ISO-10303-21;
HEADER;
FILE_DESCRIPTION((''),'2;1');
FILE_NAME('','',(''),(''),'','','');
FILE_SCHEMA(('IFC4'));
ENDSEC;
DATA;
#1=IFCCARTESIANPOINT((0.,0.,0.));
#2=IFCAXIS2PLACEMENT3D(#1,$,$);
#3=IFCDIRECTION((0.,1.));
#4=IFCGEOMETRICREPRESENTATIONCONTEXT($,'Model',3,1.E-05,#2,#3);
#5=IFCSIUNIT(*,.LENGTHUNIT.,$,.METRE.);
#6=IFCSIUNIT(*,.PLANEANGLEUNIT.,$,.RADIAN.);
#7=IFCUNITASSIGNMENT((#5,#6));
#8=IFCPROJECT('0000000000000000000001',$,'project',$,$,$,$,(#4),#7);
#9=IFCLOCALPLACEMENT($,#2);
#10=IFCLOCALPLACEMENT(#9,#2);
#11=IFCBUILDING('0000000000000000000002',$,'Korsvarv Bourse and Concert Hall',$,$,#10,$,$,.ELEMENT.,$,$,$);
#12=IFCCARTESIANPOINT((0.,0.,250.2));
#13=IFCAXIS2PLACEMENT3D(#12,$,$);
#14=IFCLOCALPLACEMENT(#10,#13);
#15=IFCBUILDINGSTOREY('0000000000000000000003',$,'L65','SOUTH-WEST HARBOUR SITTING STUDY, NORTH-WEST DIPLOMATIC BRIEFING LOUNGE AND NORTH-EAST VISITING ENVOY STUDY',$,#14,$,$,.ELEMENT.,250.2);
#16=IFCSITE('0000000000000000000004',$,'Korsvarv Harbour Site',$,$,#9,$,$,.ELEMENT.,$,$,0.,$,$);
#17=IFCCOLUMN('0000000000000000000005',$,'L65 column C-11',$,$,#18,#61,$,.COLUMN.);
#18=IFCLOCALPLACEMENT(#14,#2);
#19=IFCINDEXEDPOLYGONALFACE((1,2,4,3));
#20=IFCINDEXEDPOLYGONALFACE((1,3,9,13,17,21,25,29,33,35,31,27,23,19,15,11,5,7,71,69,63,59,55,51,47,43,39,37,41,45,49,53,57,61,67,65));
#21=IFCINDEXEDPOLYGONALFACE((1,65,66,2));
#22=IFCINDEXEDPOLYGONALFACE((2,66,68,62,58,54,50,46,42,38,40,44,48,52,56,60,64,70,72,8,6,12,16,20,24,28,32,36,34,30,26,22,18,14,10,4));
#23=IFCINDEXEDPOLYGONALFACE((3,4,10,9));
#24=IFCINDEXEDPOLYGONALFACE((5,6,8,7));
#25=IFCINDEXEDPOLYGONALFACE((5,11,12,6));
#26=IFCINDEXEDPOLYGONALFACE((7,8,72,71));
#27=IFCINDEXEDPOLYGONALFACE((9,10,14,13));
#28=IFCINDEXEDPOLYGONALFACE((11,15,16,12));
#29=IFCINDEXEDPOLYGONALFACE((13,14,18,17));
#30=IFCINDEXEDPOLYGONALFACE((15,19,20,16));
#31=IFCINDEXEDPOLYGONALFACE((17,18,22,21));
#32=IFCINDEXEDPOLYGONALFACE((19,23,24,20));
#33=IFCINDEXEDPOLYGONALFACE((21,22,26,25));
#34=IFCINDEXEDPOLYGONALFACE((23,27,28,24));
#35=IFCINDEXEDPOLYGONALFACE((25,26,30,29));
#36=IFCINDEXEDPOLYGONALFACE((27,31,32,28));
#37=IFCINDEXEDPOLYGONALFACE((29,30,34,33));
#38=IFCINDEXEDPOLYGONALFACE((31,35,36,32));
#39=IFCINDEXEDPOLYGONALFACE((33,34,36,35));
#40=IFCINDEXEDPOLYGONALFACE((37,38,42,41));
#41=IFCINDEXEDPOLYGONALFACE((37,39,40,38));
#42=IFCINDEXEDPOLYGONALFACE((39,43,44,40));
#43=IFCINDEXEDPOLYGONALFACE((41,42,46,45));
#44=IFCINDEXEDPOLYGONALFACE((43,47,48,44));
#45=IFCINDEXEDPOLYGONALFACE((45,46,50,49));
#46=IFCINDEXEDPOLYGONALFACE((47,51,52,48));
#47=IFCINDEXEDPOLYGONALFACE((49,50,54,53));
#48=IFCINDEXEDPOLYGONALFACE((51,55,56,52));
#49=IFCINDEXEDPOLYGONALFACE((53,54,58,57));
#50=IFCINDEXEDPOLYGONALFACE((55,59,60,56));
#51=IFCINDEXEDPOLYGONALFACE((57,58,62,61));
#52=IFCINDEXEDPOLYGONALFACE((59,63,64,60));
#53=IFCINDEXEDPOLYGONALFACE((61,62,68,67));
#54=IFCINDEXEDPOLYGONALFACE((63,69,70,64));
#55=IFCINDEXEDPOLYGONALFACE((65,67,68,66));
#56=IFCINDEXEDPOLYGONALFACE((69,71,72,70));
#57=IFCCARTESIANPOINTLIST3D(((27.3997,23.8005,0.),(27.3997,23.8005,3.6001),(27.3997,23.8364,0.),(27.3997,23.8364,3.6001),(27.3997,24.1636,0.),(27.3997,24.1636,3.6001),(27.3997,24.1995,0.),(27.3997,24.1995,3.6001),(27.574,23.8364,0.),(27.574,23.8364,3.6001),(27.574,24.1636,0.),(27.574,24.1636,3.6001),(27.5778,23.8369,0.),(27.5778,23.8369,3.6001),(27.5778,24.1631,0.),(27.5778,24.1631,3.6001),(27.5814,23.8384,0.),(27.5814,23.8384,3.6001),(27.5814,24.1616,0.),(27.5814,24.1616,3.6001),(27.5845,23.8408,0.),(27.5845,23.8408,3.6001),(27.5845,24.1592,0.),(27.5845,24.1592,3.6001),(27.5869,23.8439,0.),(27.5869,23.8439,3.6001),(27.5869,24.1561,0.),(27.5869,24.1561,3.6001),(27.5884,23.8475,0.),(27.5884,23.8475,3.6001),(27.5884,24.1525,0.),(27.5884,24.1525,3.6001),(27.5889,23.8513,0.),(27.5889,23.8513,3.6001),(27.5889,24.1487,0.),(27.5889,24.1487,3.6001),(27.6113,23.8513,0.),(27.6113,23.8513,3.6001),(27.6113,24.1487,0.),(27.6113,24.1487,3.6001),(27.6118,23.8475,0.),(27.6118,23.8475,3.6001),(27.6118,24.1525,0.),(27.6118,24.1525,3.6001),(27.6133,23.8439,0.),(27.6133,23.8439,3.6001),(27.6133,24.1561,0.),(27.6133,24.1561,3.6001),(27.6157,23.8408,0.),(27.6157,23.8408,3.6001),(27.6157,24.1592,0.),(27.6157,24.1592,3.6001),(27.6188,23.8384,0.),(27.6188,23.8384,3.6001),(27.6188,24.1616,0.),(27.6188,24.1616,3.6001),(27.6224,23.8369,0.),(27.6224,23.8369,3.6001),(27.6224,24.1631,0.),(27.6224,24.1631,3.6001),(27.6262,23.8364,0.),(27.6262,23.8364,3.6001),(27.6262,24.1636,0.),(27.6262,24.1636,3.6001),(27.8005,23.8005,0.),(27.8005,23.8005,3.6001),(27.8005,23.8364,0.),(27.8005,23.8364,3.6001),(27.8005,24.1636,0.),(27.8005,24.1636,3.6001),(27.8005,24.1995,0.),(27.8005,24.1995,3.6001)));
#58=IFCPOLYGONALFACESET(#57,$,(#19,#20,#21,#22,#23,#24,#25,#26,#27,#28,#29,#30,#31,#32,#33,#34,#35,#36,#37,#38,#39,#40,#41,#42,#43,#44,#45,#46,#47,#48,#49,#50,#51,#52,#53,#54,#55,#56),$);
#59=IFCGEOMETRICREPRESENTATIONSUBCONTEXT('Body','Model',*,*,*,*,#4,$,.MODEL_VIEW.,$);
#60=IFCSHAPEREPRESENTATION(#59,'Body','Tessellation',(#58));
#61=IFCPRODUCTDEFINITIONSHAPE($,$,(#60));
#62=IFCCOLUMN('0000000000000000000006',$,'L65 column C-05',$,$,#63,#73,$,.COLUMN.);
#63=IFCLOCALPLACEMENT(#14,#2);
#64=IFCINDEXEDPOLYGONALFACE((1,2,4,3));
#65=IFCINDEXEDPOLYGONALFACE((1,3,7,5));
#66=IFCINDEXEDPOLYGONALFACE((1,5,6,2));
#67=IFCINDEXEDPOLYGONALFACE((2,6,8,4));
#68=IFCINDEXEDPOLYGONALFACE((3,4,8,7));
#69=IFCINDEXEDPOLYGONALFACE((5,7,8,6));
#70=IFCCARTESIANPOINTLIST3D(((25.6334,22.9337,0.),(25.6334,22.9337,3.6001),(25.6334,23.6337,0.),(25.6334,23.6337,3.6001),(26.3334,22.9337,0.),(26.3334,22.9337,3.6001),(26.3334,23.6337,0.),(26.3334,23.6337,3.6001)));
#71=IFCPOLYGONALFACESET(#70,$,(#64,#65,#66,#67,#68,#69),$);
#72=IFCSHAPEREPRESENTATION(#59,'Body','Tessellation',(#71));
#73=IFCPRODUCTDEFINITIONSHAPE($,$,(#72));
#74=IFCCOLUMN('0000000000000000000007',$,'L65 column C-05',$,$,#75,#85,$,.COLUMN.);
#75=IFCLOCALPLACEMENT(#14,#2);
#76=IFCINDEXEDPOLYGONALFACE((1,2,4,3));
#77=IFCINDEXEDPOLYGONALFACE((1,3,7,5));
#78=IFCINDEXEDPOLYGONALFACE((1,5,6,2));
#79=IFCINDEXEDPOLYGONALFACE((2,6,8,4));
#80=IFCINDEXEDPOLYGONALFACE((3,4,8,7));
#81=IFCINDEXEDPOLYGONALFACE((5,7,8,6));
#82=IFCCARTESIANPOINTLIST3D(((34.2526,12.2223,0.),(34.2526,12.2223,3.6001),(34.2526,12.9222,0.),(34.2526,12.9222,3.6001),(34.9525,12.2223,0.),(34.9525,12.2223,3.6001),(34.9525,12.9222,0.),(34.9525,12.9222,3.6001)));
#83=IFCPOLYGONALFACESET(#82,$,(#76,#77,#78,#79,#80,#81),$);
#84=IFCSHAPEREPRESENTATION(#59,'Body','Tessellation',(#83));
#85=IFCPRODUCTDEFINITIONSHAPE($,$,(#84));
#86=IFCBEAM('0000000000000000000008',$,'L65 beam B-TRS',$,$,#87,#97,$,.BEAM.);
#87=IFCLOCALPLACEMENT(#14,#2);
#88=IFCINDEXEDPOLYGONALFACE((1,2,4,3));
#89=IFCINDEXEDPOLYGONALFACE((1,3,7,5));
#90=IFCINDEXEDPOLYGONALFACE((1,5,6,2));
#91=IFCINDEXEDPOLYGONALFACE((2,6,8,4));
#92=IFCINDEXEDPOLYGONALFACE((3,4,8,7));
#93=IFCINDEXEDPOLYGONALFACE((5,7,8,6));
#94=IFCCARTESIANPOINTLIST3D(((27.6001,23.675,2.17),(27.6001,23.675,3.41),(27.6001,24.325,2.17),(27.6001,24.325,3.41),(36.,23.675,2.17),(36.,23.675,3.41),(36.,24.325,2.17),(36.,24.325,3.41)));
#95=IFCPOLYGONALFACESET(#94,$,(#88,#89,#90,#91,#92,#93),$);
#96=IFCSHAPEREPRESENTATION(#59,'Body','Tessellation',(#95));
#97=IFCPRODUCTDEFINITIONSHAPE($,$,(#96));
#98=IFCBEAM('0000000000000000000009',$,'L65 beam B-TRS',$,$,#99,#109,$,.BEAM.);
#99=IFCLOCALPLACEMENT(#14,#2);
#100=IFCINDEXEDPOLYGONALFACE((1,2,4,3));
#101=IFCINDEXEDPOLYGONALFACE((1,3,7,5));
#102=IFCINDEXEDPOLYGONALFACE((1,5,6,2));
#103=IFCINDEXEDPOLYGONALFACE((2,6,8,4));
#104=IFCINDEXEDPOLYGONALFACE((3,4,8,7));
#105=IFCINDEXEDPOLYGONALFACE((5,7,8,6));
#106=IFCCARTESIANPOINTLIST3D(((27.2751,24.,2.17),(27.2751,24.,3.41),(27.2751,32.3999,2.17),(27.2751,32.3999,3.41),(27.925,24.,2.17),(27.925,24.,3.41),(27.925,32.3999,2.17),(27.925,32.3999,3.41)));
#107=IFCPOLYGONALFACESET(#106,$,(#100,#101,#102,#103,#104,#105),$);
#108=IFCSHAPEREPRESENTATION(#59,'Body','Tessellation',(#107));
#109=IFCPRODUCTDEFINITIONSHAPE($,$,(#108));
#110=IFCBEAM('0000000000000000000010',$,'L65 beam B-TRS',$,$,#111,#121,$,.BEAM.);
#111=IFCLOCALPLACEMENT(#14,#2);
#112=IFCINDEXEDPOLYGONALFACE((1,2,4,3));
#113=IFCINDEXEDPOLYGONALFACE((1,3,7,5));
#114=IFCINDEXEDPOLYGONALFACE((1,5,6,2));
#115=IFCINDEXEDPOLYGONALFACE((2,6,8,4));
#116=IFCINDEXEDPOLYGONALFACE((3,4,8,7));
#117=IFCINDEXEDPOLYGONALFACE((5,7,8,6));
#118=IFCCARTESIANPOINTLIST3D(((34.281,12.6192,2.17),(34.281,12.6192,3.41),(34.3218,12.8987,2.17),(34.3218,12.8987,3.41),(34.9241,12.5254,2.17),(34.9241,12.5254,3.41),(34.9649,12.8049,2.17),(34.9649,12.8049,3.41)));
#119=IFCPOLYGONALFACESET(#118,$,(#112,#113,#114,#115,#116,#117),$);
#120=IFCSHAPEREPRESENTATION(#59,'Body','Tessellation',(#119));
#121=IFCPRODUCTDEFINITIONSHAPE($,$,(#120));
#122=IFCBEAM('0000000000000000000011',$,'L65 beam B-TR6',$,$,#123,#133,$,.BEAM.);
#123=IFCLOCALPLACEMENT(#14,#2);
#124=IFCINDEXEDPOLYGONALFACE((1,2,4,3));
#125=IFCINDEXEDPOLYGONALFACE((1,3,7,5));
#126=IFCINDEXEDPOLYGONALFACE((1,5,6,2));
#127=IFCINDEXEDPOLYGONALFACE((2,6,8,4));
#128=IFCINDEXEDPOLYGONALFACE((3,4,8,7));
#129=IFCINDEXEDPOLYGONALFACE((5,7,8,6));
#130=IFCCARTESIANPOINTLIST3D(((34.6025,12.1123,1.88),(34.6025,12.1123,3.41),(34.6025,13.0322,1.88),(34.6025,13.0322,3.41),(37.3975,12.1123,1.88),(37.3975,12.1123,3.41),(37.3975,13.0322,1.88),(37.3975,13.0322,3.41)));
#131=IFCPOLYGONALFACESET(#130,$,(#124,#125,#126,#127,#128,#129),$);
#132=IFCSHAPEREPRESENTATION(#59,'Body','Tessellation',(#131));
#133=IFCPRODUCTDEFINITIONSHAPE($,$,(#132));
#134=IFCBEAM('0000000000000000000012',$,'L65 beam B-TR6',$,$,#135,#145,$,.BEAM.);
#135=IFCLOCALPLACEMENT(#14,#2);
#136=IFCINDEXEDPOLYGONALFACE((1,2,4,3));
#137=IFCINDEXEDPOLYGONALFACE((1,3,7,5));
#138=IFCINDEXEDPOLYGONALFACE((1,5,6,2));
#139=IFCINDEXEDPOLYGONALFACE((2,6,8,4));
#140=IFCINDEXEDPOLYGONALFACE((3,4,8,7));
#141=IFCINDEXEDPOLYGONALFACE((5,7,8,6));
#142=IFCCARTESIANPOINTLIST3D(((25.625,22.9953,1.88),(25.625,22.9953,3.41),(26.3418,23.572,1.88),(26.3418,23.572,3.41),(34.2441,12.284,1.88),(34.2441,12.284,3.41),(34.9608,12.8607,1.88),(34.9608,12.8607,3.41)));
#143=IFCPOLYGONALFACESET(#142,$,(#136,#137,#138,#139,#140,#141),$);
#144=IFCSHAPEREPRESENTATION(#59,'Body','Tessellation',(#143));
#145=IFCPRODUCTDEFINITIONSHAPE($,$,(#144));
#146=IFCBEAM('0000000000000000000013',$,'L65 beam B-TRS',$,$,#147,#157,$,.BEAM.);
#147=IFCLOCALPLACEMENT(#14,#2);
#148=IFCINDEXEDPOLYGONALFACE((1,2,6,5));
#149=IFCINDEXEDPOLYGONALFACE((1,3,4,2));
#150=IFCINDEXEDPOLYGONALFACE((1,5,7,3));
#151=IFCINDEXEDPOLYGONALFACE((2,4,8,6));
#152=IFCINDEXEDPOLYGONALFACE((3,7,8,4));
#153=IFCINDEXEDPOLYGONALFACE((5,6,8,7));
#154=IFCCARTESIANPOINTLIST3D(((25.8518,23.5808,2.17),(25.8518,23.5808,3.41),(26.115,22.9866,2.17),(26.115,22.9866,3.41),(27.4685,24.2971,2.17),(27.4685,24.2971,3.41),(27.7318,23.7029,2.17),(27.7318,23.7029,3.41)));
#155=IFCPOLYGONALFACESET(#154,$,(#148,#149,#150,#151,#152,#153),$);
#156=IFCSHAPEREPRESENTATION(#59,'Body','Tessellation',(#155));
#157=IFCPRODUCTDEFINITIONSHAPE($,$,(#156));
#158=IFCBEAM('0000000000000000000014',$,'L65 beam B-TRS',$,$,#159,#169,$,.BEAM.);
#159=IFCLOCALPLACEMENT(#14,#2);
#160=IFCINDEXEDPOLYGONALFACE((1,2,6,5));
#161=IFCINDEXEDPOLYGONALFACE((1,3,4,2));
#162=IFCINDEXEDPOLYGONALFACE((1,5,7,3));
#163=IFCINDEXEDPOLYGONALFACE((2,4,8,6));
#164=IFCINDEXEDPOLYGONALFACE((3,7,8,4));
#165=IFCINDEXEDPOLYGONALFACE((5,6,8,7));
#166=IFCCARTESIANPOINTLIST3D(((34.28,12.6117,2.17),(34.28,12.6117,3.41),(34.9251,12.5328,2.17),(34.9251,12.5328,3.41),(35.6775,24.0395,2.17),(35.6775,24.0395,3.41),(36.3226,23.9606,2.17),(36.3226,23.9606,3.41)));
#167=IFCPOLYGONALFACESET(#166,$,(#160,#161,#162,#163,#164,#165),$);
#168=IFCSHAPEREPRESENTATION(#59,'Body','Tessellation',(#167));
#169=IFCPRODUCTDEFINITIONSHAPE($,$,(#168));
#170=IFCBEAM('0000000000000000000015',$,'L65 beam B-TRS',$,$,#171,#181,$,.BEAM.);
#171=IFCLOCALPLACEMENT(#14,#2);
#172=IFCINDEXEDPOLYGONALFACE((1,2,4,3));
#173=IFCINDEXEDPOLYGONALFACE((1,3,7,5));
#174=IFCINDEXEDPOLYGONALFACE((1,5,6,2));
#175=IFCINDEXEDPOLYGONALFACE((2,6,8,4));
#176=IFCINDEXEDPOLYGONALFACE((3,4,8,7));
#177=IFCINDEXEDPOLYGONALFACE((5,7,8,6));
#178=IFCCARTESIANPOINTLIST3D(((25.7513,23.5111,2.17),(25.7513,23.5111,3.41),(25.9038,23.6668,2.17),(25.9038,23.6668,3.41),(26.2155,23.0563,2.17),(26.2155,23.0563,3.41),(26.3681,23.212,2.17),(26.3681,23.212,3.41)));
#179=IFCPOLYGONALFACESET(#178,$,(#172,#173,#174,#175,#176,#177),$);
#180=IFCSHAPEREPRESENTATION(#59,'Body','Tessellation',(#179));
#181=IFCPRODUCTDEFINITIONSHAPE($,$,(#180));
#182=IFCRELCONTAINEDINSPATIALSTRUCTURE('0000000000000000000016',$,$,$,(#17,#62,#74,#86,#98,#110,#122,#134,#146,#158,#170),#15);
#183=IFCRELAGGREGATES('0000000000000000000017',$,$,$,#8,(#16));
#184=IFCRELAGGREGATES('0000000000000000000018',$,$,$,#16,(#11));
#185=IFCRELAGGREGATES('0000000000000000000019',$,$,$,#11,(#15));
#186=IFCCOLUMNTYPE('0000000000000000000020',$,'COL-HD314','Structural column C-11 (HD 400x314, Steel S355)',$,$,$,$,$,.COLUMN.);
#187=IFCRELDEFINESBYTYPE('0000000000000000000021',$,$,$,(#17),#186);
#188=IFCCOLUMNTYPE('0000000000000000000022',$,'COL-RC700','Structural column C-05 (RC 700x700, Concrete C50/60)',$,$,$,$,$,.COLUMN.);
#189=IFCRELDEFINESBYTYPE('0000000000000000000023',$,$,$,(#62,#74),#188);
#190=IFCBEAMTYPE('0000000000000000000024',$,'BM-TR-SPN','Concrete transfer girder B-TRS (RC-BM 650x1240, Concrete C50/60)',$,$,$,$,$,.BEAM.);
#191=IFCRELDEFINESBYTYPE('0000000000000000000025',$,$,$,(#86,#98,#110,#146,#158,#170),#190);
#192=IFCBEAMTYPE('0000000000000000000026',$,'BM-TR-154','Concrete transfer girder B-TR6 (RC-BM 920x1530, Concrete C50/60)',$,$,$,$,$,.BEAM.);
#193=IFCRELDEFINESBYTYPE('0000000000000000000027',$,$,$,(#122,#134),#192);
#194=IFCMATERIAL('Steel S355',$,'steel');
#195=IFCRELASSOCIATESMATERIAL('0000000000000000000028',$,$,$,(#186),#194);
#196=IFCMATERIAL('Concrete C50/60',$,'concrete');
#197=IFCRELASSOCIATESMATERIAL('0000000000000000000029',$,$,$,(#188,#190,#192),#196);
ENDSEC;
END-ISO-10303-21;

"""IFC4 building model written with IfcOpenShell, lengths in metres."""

from ifc_helpers import new_model, si_unit, direction, frame, origin, origin_2d, place, context, subcontext, project, spatial, rectangle, i_section, extrude, source, transform, mapped, material, material_profile, profile_set, type_object, element, save


model = new_model("IFC4")

# Units and contexts
model_context = context("Model", 3, precision=1e-05, world=origin(), true_north=direction((0.0, 1.0)))
body_context = subcontext(model_context, "Body", "Model", "MODEL_VIEW")
ifc_project = project(units=[si_unit("LENGTHUNIT", "METRE"), si_unit("PLANEANGLEUNIT", "RADIAN")], contexts=[model_context])

# Site, building, storey
site_placement = place(None, origin())
site = spatial("IfcSite", under=ifc_project, at=site_placement, Name="Korsvarv Harbour Site", CompositionType="ELEMENT", RefElevation=0.0)
building_placement = place(site_placement, origin())
building = spatial("IfcBuilding", under=site, at=building_placement, Name="Korsvarv Bourse and Concert Hall", CompositionType="ELEMENT")
storey_placement = place(building_placement, frame((0.0, 0.0, 250.2)))
storey = spatial("IfcBuildingStorey", under=building, at=storey_placement, Name="L65", Description="SOUTH-WEST HARBOUR SITTING STUDY, NORTH-WEST DIPLOMATIC BRIEFING LOUNGE AND NORTH-EAST VISITING ENVOY STUDY", CompositionType="ELEMENT", Elevation=250.2)

# Columns
ifc_material_1 = material(Name="Steel S355", Category="steel")
ifc_material_profile_1 = material_profile(ifc_material_1, i_section(OverallWidth=0.4009, OverallDepth=0.3989, WebThickness=0.0225, FlangeThickness=0.0359, FilletRadius=0.0149, at=origin_2d()), Name="HD 400x314")
ifc_profile_set_1 = profile_set([ifc_material_profile_1], Name="Steel S355")
column_type_1 = type_object("IfcColumnType", Name="COL-HD314", Description="Structural column C-11 (HD 400x314, Steel S355)", PredefinedType="COLUMN", material=ifc_profile_set_1)
shared_shape_1 = source(origin(), body_context, "Body", "SweptSolid", [
    extrude(i_section(OverallWidth=0.4009, OverallDepth=0.3989, WebThickness=0.0225, FlangeThickness=0.0359, FilletRadius=0.0149, at=origin_2d()), origin(), (0.0, 0.0, 1.0), 3.6001),
])
column_placement = place(storey_placement, frame((27.6001, 24.0, 0.0), z_axis=(0.0, 0.0, 1.0), x_axis=(1.0, 0.0, 0.0)))
element("IfcColumn", 1, at=column_placement, inside=storey, type_object=column_type_1, Name="L65 column C-11", PredefinedType="COLUMN", context=body_context, shape_type="MappedRepresentation", body=[
    mapped(shared_shape_1, transform((0.0, 0.0, 0.0), scale=1.0)),
])
ifc_material_2 = material(Name="Concrete C50/60", Category="concrete")
ifc_material_profile_2 = material_profile(ifc_material_2, rectangle(XDim=0.7, YDim=0.7, at=origin_2d()), Name="RC 700x700")
ifc_profile_set_2 = profile_set([ifc_material_profile_2], Name="Concrete C50/60")
column_type_2 = type_object("IfcColumnType", Name="COL-RC700", Description="Structural column C-05 (RC 700x700, Concrete C50/60)", PredefinedType="COLUMN", material=ifc_profile_set_2)
shared_shape_2 = source(origin(), body_context, "Body", "SweptSolid", [
    extrude(rectangle(XDim=0.7, YDim=0.7, at=origin_2d()), origin(), (0.0, 0.0, 1.0), 3.6001),
])
for number, where, z_axis, x_axis, name in (
    (2, (25.9834, 23.2837, 0.0), (0.0, 0.0, 1.0), (1.0, 0.0, 0.0), "L65 column C-05"),
    (3, (34.6025, 12.5723, 0.0), (0.0, 0.0, 1.0), (1.0, 0.0, 0.0), "L65 column C-05"),
):
    element("IfcColumn", number, at=place(storey_placement, frame(where, z_axis=z_axis, x_axis=x_axis)), inside=storey, type_object=column_type_2, Name=name, PredefinedType="COLUMN", context=body_context, shape_type="MappedRepresentation", body=[
        mapped(shared_shape_2, transform((0.0, 0.0, 0.0), scale=1.0)),
    ])

# Beams
ifc_material_profile_3 = material_profile(ifc_material_2, rectangle(XDim=0.6499, YDim=1.24, at=origin_2d()), Name="RC-BM 650x1240")
ifc_profile_set_3 = profile_set([ifc_material_profile_3], Name="Concrete C50/60")
beam_type_1 = type_object("IfcBeamType", Name="BM-TR-SPN", Description="Concrete transfer girder B-TRS (RC-BM 650x1240, Concrete C50/60)", PredefinedType="BEAM", material=ifc_profile_set_3)
shared_shape_3 = source(origin(), body_context, "Body", "SweptSolid", [
    extrude(rectangle(XDim=0.6499, YDim=1.24, at=origin_2d()), origin(), (0.0, 0.0, 1.0), 8.3999),
])
for number, where, z_axis, x_axis, name in (
    (4, (27.6001, 24.0, 2.79), (1.0, 0.0, 0.0), (0.0, 1.0, 0.0), "L65 beam B-TRS"),
    (5, (27.6001, 24.0, 2.79), (0.0, 1.0, 0.0), (-1.0, 0.0, 0.0), "L65 beam B-TRS"),
):
    element("IfcBeam", number, at=place(storey_placement, frame(where, z_axis=z_axis, x_axis=x_axis)), inside=storey, type_object=beam_type_1, Name=name, PredefinedType="BEAM", context=body_context, shape_type="MappedRepresentation", body=[
        mapped(shared_shape_3, transform((0.0, 0.0, 0.0), scale=1.0)),
    ])
shared_shape_4 = source(origin(), body_context, "Body", "SweptSolid", [
    extrude(rectangle(XDim=0.6499, YDim=1.24, at=origin_2d()), origin(), (0.0, 0.0, 1.0), 0.2825),
])
beam_1_placement = place(storey_placement, frame((34.6025, 12.5723, 2.79), z_axis=(0.144325, 0.98953, 0.0), x_axis=(-0.98953, 0.144325, 0.0)))
element("IfcBeam", 6, at=beam_1_placement, inside=storey, type_object=beam_type_1, Name="L65 beam B-TRS", PredefinedType="BEAM", context=body_context, shape_type="MappedRepresentation", body=[
    mapped(shared_shape_4, transform((0.0, 0.0, 0.0), scale=1.0)),
])
ifc_material_profile_4 = material_profile(ifc_material_2, rectangle(XDim=0.9199, YDim=1.53, at=origin_2d()), Name="RC-BM 920x1530")
ifc_profile_set_4 = profile_set([ifc_material_profile_4], Name="Concrete C50/60")
beam_type_2 = type_object("IfcBeamType", Name="BM-TR-154", Description="Concrete transfer girder B-TR6 (RC-BM 920x1530, Concrete C50/60)", PredefinedType="BEAM", material=ifc_profile_set_4)
shared_shape_5 = source(origin(), body_context, "Body", "SweptSolid", [
    extrude(rectangle(XDim=0.9199, YDim=1.53, at=origin_2d()), origin(), (0.0, 0.0, 1.0), 2.7949),
])
beam_2_placement = place(storey_placement, frame((34.6025, 12.5723, 2.645), z_axis=(1.0, 0.0, 0.0), x_axis=(0.0, 1.0, 0.0)))
element("IfcBeam", 7, at=beam_2_placement, inside=storey, type_object=beam_type_2, Name="L65 beam B-TR6", PredefinedType="BEAM", context=body_context, shape_type="MappedRepresentation", body=[
    mapped(shared_shape_5, transform((0.0, 0.0, 0.0), scale=1.0)),
])
shared_shape_6 = source(origin(), body_context, "Body", "SweptSolid", [
    extrude(rectangle(XDim=0.9199, YDim=1.53, at=origin_2d()), origin(), (0.0, 0.0, 1.0), 13.7485),
])
beam_3_placement = place(storey_placement, frame((25.9834, 23.2837, 2.645), z_axis=(0.62691, -0.779092, 0.0), x_axis=(0.779092, 0.62691, 0.0)))
element("IfcBeam", 8, at=beam_3_placement, inside=storey, type_object=beam_type_2, Name="L65 beam B-TR6", PredefinedType="BEAM", context=body_context, shape_type="MappedRepresentation", body=[
    mapped(shared_shape_6, transform((0.0, 0.0, 0.0), scale=1.0)),
])
shared_shape_7 = source(origin(), body_context, "Body", "SweptSolid", [
    extrude(rectangle(XDim=0.6499, YDim=1.24, at=origin_2d()), origin(), (0.0, 0.0, 1.0), 1.7683),
])
beam_4_placement = place(storey_placement, frame((25.9834, 23.2837, 2.79), z_axis=(0.914278, 0.405088, 0.0), x_axis=(-0.405088, 0.914278, 0.0)))
element("IfcBeam", 9, at=beam_4_placement, inside=storey, type_object=beam_type_1, Name="L65 beam B-TRS", PredefinedType="BEAM", context=body_context, shape_type="MappedRepresentation", body=[
    mapped(shared_shape_7, transform((0.0, 0.0, 0.0), scale=1.0)),
])
shared_shape_8 = source(origin(), body_context, "Body", "SweptSolid", [
    extrude(rectangle(XDim=0.6499, YDim=1.24, at=origin_2d()), origin(), (0.0, 0.0, 1.0), 11.5129),
])
beam_5_placement = place(storey_placement, frame((34.6025, 12.5723, 2.79), z_axis=(0.121383, 0.992606, 0.0), x_axis=(-0.992606, 0.121383, 0.0)))
element("IfcBeam", 10, at=beam_5_placement, inside=storey, type_object=beam_type_1, Name="L65 beam B-TRS", PredefinedType="BEAM", context=body_context, shape_type="MappedRepresentation", body=[
    mapped(shared_shape_8, transform((0.0, 0.0, 0.0), scale=1.0)),
])
shared_shape_9 = source(origin(), body_context, "Body", "SweptSolid", [
    extrude(rectangle(XDim=0.6499, YDim=1.24, at=origin_2d()), origin(), (0.0, 0.0, 1.0), 0.218),
])
beam_6_placement = place(storey_placement, frame((25.9834, 23.2837, 2.79), z_axis=(0.699791, 0.714347, 0.0), x_axis=(-0.714347, 0.699791, 0.0)))
element("IfcBeam", 11, at=beam_6_placement, inside=storey, type_object=beam_type_1, Name="L65 beam B-TRS", PredefinedType="BEAM", context=body_context, shape_type="MappedRepresentation", body=[
    mapped(shared_shape_9, transform((0.0, 0.0, 0.0), scale=1.0)),
])

save(model, "model.ifc")
